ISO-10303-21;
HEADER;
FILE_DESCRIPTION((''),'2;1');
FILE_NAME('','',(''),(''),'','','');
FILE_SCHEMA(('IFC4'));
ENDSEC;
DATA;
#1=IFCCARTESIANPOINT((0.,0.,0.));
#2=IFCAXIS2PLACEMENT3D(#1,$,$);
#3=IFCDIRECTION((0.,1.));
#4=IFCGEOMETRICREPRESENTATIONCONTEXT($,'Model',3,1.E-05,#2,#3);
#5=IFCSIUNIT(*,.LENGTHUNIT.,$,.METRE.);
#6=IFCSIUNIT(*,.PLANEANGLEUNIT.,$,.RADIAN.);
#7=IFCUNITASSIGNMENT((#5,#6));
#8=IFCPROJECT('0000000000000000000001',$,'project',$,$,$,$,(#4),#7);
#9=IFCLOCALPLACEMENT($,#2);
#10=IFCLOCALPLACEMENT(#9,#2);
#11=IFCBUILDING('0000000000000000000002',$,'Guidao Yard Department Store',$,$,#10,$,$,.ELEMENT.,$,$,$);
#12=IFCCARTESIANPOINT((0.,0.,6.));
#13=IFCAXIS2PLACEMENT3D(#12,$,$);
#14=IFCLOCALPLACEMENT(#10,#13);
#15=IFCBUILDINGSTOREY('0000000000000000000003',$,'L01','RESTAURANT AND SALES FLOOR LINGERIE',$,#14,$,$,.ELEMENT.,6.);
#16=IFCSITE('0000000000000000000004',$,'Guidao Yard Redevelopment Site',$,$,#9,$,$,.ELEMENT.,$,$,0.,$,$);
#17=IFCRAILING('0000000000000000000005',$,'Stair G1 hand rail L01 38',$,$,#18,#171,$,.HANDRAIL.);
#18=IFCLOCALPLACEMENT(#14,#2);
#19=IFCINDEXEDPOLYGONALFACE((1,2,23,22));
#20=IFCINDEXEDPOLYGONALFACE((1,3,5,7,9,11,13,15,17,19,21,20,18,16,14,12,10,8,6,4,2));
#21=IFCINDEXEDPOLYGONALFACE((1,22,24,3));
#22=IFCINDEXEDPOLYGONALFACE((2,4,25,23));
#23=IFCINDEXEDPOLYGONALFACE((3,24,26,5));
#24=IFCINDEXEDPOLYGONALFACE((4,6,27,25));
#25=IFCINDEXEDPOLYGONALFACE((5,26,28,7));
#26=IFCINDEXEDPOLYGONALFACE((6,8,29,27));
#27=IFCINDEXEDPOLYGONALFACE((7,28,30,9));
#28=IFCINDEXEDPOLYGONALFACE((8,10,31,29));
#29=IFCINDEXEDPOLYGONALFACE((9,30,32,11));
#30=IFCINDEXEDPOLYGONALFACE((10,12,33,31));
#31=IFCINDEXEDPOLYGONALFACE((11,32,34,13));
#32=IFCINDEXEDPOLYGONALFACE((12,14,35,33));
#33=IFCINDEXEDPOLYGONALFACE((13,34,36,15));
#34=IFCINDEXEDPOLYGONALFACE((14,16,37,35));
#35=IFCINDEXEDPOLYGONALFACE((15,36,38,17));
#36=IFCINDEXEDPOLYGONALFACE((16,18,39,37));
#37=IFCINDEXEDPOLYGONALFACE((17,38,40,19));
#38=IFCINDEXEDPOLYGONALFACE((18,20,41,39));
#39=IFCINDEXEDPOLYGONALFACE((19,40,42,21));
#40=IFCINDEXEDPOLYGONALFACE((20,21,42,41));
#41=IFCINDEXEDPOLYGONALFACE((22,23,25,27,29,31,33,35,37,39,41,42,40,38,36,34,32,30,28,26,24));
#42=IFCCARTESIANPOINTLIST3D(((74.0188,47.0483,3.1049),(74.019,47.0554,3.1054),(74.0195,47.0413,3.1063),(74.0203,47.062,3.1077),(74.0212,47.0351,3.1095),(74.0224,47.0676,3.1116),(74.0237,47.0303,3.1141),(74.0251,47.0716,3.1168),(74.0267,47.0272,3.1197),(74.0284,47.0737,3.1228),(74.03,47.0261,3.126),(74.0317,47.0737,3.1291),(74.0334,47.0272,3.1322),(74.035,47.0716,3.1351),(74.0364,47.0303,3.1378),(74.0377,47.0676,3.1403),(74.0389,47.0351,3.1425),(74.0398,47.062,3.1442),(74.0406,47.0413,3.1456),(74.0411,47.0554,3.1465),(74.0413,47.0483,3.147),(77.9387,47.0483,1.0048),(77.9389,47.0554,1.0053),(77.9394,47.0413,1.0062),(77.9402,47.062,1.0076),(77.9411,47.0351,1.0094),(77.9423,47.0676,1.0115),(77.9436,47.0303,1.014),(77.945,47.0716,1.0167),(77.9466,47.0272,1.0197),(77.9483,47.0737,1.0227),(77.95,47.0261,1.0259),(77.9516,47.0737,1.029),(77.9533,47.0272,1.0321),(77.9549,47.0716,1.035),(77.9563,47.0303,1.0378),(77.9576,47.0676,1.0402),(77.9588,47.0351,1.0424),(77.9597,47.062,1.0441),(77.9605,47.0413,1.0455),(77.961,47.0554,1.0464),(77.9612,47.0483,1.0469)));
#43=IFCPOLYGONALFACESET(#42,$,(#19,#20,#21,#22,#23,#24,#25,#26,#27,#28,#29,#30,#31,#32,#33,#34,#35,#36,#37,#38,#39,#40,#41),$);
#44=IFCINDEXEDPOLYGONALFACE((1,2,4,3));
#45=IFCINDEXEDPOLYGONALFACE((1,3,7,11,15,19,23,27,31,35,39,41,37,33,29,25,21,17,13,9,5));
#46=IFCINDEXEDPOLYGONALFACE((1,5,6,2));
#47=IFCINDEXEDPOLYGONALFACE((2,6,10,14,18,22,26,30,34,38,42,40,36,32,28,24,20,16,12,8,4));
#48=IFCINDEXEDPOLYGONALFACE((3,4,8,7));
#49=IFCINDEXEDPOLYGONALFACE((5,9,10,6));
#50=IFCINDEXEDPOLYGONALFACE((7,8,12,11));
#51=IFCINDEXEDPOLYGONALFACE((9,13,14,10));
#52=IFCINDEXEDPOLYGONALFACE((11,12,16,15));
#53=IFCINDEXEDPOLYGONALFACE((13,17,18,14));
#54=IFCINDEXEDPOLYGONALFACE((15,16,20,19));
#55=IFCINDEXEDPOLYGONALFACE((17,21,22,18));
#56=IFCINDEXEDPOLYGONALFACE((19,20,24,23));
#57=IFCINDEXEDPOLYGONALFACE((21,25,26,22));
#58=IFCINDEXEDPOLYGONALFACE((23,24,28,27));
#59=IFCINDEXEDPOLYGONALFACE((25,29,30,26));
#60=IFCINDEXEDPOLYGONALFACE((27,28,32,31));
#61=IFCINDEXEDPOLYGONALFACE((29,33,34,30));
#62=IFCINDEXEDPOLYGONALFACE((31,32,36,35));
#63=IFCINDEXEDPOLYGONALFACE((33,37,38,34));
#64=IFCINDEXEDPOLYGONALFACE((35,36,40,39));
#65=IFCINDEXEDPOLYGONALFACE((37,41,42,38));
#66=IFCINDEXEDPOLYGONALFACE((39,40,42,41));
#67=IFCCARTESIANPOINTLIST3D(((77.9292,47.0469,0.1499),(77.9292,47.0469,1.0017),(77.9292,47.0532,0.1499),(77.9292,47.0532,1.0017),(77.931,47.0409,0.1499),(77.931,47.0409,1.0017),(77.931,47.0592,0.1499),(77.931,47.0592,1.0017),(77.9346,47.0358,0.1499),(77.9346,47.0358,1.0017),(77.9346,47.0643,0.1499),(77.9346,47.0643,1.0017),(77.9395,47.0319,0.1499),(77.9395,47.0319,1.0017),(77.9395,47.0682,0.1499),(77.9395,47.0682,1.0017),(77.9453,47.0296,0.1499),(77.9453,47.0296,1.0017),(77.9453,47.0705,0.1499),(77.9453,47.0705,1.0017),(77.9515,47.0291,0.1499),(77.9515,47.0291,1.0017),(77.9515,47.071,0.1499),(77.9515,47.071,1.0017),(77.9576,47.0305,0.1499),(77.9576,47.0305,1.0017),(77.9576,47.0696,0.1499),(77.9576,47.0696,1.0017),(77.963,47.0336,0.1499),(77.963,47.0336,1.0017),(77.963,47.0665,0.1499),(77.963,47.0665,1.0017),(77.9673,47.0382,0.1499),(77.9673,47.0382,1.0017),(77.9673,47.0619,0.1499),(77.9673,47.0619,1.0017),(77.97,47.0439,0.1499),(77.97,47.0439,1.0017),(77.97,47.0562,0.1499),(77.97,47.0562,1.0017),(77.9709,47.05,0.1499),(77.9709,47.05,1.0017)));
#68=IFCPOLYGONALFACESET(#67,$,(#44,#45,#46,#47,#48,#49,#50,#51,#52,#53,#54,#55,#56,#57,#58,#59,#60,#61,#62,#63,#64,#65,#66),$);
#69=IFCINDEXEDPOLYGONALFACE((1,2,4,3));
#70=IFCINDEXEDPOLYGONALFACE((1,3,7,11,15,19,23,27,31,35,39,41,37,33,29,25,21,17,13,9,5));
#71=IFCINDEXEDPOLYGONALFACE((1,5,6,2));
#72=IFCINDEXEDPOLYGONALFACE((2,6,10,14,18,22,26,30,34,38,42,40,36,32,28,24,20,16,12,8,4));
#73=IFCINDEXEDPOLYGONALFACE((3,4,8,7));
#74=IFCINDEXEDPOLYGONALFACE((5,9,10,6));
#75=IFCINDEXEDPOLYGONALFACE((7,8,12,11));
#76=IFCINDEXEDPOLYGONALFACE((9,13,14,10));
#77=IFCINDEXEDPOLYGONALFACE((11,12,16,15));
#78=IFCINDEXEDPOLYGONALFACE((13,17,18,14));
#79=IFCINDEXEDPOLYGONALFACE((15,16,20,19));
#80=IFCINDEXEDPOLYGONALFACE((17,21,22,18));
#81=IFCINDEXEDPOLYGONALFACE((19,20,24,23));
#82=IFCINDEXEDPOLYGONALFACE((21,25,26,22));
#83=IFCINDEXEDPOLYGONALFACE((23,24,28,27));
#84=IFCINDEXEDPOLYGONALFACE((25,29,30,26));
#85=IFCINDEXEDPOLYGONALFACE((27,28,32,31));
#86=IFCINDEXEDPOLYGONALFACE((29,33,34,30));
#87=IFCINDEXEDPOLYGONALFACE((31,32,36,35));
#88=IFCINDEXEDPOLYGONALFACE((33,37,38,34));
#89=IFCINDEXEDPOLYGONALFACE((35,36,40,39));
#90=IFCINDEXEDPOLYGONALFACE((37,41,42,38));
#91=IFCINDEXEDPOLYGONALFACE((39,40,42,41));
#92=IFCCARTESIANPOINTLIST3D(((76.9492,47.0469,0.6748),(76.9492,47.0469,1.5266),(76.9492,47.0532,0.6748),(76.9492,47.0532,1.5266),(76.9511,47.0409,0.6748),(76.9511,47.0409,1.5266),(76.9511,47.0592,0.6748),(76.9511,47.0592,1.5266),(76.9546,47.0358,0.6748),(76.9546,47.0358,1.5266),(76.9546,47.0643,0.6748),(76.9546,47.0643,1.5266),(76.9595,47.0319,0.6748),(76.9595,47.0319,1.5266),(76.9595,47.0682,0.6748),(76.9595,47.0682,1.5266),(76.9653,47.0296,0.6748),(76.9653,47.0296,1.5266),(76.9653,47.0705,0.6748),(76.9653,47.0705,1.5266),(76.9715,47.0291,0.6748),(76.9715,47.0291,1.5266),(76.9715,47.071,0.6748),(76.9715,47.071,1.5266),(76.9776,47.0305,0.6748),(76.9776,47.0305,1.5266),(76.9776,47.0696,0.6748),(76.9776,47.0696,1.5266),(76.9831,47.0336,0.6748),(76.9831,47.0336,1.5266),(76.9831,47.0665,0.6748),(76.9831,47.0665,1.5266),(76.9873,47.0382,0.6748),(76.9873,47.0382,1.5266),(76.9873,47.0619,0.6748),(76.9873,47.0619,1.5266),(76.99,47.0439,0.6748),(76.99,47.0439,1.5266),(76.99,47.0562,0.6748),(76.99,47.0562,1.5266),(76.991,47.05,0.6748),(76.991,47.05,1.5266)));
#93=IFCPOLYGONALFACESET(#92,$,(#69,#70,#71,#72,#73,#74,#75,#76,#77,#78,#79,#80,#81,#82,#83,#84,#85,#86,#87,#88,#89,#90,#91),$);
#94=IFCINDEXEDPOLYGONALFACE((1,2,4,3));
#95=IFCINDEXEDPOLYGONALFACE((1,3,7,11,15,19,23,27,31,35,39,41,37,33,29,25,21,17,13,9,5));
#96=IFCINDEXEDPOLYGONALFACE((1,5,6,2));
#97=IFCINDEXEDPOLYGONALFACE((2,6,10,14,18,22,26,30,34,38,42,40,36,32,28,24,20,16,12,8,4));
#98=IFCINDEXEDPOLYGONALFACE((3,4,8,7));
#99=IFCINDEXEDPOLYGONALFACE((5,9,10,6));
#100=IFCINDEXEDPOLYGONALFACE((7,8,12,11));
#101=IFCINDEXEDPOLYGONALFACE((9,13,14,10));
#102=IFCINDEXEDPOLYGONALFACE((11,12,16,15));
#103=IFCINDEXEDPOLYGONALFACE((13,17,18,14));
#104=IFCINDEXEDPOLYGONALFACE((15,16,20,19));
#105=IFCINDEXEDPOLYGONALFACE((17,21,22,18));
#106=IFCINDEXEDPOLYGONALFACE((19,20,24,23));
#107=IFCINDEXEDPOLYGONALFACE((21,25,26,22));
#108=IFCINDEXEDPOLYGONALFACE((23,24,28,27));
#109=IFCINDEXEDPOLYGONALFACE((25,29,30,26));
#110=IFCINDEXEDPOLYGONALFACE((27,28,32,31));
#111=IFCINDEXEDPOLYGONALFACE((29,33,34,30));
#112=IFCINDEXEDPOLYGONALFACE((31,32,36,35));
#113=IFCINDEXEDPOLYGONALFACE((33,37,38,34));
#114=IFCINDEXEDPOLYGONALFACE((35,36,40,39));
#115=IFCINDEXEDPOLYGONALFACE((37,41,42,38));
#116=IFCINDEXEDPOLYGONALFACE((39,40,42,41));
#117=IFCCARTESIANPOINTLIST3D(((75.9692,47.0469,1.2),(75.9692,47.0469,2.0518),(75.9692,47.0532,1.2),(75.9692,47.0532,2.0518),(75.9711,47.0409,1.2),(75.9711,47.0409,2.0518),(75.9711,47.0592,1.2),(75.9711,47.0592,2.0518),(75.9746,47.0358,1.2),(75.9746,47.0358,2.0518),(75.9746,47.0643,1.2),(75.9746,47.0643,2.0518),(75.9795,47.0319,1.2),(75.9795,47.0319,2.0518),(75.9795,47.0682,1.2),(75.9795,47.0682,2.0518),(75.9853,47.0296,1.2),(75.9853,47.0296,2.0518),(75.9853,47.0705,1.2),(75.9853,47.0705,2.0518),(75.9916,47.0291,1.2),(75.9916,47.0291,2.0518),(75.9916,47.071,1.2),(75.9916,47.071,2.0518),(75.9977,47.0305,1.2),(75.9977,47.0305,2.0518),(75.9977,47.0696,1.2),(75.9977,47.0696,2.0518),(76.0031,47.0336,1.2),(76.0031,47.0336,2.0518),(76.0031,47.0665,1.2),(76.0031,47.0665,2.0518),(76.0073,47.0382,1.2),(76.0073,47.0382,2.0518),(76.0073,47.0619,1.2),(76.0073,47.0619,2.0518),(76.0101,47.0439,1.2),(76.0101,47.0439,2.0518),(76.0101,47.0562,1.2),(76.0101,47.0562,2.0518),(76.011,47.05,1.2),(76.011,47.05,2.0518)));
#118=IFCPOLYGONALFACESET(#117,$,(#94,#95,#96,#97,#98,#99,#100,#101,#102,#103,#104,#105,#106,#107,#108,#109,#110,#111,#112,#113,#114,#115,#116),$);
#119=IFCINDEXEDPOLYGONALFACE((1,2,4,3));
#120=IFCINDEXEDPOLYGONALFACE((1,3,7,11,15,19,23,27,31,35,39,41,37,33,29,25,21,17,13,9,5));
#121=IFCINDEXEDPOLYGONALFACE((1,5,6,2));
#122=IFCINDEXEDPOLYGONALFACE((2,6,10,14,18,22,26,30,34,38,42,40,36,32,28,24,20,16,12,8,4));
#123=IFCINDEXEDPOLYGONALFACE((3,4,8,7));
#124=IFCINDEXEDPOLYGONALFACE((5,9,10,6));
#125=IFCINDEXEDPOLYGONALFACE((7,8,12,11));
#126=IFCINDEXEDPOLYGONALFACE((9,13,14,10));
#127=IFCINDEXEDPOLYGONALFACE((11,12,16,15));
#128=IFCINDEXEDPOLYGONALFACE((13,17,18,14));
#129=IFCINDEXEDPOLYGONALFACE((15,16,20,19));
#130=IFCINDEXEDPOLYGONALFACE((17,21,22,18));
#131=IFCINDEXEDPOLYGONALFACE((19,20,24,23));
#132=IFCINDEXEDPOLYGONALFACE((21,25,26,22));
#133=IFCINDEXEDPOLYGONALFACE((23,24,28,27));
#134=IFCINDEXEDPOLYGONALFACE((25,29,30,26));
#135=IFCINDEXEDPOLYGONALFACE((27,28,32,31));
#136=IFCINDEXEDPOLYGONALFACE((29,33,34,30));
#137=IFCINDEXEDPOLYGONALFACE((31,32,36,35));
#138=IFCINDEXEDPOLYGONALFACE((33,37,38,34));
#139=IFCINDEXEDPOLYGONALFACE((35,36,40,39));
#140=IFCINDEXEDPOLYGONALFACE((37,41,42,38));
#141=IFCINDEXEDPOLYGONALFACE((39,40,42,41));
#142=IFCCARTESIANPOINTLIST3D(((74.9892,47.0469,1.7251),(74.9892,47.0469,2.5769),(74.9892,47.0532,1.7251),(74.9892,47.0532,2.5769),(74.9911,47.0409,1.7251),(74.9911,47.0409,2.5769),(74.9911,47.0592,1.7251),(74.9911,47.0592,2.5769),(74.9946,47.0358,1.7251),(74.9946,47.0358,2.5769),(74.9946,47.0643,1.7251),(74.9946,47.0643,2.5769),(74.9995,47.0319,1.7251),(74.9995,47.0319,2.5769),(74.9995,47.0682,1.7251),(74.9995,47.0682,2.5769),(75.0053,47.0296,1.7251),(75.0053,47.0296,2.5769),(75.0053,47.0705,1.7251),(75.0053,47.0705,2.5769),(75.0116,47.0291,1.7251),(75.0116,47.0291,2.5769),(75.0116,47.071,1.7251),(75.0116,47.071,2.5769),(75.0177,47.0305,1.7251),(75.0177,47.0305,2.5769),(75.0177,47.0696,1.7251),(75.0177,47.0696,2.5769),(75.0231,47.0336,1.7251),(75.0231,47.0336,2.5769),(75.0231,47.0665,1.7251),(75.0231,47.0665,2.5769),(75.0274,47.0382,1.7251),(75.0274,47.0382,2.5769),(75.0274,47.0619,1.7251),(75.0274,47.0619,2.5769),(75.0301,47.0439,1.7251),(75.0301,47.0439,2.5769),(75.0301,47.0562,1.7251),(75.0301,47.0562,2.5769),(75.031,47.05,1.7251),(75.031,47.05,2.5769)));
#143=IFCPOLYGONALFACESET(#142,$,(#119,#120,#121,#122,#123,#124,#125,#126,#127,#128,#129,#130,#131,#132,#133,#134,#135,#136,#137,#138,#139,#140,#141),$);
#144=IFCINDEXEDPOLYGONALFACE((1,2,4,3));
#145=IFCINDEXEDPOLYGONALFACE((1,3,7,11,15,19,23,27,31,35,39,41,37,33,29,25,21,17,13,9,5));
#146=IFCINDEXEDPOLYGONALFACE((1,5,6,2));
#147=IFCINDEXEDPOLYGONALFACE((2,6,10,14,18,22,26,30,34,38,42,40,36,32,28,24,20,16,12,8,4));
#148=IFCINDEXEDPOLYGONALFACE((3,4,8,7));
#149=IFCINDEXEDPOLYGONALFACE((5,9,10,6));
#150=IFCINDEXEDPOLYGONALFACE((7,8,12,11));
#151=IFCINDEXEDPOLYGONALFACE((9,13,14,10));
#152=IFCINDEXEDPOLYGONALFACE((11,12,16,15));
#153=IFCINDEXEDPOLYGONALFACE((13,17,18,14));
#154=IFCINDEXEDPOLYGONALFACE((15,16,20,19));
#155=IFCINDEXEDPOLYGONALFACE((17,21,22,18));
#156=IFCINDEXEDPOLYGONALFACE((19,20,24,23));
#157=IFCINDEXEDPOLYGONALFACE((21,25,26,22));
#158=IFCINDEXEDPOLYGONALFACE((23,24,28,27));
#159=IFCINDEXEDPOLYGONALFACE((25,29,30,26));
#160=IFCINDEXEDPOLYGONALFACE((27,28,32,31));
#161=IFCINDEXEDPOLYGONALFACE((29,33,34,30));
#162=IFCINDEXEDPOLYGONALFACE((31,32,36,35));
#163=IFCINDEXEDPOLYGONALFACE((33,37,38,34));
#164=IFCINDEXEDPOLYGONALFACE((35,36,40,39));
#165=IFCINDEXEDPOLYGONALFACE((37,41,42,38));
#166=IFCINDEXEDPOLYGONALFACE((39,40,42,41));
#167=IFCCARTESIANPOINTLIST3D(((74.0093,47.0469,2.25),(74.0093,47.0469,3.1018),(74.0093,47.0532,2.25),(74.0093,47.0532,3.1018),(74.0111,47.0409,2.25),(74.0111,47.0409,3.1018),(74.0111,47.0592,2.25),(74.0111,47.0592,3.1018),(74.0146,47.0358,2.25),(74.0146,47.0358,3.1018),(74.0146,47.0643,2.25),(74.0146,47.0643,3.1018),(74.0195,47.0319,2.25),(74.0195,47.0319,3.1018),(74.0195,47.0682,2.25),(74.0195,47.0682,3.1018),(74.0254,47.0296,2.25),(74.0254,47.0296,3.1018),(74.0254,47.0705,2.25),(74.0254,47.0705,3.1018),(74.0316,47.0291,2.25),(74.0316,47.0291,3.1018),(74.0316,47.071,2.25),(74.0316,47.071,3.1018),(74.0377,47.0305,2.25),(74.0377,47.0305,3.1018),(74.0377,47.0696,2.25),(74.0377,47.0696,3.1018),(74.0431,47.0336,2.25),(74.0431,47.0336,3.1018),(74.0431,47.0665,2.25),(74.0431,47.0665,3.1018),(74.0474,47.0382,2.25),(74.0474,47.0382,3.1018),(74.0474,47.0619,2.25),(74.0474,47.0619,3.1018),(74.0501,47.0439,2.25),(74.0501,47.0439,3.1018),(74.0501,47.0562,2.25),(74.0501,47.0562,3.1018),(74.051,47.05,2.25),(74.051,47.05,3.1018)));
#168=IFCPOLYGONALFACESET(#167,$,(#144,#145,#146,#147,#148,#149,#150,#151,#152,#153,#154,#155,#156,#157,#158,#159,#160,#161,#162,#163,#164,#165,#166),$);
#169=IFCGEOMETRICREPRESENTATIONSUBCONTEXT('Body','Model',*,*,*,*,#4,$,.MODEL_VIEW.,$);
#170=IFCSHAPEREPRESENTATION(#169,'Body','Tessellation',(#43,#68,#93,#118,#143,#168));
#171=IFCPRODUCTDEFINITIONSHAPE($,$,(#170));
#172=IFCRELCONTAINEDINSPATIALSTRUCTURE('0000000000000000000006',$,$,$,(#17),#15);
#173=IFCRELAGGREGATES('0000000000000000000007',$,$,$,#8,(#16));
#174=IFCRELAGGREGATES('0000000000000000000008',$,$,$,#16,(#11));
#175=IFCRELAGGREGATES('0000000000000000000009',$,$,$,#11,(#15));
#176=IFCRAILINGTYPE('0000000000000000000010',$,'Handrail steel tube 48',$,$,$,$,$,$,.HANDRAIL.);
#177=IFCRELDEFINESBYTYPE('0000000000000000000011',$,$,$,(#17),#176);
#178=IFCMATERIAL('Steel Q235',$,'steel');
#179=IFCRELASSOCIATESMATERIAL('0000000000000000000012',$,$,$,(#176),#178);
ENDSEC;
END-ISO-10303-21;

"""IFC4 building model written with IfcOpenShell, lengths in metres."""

from ifc_helpers import new_model, si_unit, direction, frame, origin, origin_2d, place, context, subcontext, project, spatial, circle, extrude, material, type_object, element, save


model = new_model("IFC4")

# Units and contexts
model_context = context("Model", 3, precision=1e-05, world=origin(), true_north=direction((0.0, 1.0)))
body_context = subcontext(model_context, "Body", "Model", "MODEL_VIEW")
ifc_project = project(units=[si_unit("LENGTHUNIT", "METRE"), si_unit("PLANEANGLEUNIT", "RADIAN")], contexts=[model_context])

# Site, building, storey
site_placement = place(None, origin())
site = spatial("IfcSite", under=ifc_project, at=site_placement, Name="Guidao Yard Redevelopment Site", CompositionType="ELEMENT", RefElevation=0.0)
building_placement = place(site_placement, origin())
building = spatial("IfcBuilding", under=site, at=building_placement, Name="Guidao Yard Department Store", CompositionType="ELEMENT")
storey_placement = place(building_placement, frame((0.0, 0.0, 6.0)))
storey = spatial("IfcBuildingStorey", under=building, at=storey_placement, Name="L01", Description="RESTAURANT AND SALES FLOOR LINGERIE", CompositionType="ELEMENT", Elevation=6.0)

# Railing
ifc_material_1 = material(Name="Steel Q235", Category="steel")
railing_type_1 = type_object("IfcRailingType", Name="Handrail steel tube 48", PredefinedType="HANDRAIL", material=ifc_material_1)
for number, where, name in (
    (1, (77.95, 47.05, 0.1499), "Stair G1 hand rail L01 38"),
):
    element("IfcRailing", number, at=place(storey_placement, frame(where)), inside=storey, type_object=railing_type_1, Name=name, PredefinedType="HANDRAIL", context=body_context, shape_type="SweptSolid", body=[
        extrude(circle(Radius=0.0239, at=origin_2d()), frame((0.0, 0.0, 0.876), z_axis=(-0.881467, 0.0, 0.472246), x_axis=(0.0, -1.0, 0.0)), (0.0, 0.0, 1.0), 4.447),
        extrude(circle(Radius=0.021, at=origin_2d()), origin(), (0.0, 0.0, 1.0), 0.8518),
        extrude(circle(Radius=0.021, at=origin_2d()), frame((-0.98, 0.0, 0.5249)), (0.0, 0.0, 1.0), 0.8518),
        extrude(circle(Radius=0.021, at=origin_2d()), frame((-1.96, 0.0, 1.05)), (0.0, 0.0, 1.0), 0.8518),
        extrude(circle(Radius=0.021, at=origin_2d()), frame((-2.9399, 0.0, 1.5752)), (0.0, 0.0, 1.0), 0.8518),
        extrude(circle(Radius=0.021, at=origin_2d()), frame((-3.9199, 0.0, 2.1001)), (0.0, 0.0, 1.0), 0.8518),
    ])

save(model, "model.ifc")
